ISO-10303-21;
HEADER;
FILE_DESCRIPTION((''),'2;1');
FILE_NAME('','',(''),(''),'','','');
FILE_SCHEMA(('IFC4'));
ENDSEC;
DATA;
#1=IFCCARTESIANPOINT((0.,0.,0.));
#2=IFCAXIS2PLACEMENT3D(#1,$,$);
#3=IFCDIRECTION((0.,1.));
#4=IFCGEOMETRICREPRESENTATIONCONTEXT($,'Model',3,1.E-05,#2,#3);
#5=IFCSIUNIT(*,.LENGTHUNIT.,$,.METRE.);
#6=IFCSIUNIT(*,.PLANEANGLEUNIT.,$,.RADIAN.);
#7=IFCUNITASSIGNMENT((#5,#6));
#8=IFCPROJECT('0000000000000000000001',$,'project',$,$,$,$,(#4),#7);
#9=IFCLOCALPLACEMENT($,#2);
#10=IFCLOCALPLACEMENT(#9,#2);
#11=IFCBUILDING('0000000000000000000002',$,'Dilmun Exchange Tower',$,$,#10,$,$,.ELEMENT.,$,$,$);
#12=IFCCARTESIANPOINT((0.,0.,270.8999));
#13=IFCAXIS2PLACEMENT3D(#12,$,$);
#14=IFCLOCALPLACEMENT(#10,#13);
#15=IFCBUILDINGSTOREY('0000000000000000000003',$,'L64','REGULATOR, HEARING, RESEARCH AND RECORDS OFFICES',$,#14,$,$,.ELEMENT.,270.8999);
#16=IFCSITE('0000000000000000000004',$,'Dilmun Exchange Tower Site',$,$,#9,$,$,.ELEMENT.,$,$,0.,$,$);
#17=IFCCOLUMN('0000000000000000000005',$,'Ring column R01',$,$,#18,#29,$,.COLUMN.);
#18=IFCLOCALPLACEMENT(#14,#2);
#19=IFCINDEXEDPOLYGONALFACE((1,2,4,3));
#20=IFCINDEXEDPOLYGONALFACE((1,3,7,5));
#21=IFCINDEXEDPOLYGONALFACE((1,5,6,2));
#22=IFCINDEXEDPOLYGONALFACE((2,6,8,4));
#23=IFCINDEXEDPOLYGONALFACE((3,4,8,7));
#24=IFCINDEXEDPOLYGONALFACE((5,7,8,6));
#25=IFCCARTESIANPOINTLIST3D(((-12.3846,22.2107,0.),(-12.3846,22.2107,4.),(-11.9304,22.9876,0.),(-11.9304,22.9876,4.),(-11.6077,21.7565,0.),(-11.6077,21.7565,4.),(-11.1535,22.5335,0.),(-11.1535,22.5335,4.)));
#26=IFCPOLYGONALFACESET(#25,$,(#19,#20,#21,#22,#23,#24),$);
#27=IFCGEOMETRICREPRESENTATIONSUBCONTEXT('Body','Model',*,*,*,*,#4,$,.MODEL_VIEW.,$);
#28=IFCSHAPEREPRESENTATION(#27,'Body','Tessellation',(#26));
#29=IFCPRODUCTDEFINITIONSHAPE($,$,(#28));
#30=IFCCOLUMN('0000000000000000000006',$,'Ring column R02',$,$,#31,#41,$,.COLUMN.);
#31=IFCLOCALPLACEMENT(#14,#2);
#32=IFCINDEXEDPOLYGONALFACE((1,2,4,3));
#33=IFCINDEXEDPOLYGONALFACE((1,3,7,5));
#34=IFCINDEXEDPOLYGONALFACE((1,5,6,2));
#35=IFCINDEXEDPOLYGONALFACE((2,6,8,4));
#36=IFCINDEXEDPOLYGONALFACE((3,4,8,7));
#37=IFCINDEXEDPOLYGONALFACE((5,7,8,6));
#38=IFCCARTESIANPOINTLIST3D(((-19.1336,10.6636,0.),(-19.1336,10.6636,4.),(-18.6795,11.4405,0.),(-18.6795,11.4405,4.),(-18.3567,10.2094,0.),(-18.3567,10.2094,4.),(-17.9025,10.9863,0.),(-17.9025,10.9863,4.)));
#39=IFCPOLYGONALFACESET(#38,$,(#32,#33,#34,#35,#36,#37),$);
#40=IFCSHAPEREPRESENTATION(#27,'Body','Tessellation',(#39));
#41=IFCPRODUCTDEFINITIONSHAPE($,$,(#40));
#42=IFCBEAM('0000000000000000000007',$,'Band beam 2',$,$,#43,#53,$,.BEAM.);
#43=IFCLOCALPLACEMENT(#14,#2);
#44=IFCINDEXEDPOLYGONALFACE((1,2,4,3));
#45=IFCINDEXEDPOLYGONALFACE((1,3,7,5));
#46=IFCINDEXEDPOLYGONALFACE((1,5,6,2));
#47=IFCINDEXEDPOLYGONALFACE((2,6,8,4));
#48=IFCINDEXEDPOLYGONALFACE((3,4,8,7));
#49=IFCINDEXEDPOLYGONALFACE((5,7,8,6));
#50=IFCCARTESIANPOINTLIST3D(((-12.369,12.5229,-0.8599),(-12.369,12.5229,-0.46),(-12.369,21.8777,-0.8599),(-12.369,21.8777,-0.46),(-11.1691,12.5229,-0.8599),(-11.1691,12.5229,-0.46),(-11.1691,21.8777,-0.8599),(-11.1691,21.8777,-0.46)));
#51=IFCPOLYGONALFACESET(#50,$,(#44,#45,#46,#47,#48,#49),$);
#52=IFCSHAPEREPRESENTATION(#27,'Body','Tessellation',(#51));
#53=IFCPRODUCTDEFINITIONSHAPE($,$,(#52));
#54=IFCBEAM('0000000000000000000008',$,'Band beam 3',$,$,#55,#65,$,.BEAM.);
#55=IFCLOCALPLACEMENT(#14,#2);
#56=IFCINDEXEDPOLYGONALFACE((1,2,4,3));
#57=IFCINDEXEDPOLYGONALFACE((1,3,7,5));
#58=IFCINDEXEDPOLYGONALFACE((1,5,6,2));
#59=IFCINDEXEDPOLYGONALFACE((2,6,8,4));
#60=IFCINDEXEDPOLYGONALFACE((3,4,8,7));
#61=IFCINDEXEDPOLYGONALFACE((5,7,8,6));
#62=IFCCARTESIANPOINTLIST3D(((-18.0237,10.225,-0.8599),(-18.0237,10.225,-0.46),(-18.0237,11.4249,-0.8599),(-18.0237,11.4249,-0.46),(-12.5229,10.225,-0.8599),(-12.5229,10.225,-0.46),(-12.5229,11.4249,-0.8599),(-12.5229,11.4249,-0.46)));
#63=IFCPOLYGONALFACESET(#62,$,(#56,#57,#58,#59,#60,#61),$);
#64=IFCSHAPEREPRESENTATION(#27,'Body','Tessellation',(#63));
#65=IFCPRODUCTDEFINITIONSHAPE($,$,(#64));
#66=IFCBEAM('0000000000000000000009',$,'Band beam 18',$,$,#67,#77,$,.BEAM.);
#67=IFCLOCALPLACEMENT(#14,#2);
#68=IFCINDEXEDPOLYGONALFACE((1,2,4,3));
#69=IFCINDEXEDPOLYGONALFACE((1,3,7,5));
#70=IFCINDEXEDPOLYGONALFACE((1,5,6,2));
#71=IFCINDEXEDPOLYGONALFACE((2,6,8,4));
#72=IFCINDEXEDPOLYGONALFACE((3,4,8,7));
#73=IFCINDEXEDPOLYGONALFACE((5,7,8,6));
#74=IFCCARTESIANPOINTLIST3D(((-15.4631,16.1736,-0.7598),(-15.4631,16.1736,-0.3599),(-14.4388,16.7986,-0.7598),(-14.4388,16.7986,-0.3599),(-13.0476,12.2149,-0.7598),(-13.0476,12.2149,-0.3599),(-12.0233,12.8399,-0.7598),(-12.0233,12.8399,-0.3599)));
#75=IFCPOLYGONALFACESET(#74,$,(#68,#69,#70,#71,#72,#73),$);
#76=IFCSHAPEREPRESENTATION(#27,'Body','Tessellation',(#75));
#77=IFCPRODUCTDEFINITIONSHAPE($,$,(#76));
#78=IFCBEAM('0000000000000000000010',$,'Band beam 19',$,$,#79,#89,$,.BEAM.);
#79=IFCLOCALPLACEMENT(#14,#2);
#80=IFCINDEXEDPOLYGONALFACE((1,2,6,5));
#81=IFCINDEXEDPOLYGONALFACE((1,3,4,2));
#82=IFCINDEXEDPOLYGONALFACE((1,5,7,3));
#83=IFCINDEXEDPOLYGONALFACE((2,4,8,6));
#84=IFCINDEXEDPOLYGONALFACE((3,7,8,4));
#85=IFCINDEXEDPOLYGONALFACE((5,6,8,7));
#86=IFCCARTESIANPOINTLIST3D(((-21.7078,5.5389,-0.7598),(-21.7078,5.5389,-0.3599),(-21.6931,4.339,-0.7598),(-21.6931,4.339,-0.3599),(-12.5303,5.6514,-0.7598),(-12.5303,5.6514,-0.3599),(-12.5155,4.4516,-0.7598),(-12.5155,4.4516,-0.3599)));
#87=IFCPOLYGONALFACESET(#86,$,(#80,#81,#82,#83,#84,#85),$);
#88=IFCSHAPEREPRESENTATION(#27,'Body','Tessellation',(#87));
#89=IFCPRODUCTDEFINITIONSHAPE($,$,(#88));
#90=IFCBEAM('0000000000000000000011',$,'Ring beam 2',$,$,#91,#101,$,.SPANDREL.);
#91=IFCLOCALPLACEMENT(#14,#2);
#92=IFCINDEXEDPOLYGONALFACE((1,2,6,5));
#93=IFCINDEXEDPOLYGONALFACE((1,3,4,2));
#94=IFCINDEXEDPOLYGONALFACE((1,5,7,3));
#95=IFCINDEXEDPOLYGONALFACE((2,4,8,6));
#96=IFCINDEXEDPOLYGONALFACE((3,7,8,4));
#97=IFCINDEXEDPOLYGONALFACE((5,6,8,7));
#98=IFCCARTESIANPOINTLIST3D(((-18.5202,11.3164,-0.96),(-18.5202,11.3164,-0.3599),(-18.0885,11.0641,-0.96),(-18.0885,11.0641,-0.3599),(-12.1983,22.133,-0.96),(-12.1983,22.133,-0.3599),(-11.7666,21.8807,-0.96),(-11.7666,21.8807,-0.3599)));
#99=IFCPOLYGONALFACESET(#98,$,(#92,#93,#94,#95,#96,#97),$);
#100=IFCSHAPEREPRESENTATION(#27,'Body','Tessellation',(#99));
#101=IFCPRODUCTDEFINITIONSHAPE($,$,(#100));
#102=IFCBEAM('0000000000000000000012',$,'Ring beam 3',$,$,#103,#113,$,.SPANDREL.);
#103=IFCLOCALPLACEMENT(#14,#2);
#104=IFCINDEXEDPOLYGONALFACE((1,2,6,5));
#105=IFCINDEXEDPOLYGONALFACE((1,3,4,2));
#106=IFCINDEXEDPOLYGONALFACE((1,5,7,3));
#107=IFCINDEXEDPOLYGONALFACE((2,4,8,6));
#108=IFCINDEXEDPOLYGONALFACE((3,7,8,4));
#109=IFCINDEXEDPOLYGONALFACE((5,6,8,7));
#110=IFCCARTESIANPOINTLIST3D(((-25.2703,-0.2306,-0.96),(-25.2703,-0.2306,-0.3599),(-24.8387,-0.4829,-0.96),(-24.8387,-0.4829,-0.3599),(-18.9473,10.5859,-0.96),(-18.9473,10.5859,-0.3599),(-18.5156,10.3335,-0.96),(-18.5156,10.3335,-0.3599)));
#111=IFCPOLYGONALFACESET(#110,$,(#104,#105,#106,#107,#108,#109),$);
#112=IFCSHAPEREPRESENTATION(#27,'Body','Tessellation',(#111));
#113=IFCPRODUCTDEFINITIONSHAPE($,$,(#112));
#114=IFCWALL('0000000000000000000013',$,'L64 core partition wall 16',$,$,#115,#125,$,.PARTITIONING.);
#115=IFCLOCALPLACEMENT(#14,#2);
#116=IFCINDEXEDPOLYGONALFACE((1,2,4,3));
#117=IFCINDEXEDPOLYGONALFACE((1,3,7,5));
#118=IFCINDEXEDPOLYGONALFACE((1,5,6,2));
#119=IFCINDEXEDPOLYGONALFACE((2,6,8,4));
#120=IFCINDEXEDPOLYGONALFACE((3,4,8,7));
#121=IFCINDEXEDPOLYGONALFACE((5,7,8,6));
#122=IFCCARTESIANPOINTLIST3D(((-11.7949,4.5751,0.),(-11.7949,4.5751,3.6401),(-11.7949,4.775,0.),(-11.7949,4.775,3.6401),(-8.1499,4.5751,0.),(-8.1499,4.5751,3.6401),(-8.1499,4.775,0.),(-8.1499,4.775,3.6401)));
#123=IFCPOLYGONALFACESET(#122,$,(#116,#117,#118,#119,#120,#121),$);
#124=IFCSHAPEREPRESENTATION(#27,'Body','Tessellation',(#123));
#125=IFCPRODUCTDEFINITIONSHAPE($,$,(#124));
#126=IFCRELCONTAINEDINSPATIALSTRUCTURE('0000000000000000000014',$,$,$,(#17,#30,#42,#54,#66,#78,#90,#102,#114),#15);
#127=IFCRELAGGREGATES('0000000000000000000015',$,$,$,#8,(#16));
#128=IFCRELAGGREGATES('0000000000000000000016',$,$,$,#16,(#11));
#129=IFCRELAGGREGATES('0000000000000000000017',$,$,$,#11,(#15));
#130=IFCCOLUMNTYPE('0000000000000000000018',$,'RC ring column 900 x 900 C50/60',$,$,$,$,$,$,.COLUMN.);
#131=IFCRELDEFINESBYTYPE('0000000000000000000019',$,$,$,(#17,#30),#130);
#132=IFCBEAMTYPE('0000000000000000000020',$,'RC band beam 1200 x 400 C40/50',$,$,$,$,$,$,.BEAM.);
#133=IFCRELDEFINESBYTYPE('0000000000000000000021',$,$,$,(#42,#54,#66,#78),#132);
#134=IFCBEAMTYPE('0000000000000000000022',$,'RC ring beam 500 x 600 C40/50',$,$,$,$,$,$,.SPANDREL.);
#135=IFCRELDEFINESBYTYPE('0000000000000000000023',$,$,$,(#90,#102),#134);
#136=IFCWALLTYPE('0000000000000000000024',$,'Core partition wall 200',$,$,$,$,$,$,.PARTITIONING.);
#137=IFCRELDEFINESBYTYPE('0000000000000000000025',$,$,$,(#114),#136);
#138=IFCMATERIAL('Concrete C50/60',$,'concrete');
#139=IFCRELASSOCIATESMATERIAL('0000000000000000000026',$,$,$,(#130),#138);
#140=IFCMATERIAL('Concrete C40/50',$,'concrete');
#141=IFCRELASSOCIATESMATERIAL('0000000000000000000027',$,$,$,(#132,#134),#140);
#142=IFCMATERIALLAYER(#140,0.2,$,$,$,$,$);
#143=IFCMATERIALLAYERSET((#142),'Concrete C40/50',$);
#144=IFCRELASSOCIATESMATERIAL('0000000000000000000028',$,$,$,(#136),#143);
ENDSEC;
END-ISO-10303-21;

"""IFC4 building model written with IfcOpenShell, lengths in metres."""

from ifc_helpers import new_model, si_unit, direction, frame, frame_2d, origin, origin_2d, place, context, subcontext, project, spatial, rectangle, extrude, material, layer, layer_set, material_profile, profile_set, type_object, element, save


model = new_model("IFC4")

# Units and contexts
model_context = context("Model", 3, precision=1e-05, world=origin(), true_north=direction((0.0, 1.0)))
body_context = subcontext(model_context, "Body", "Model", "MODEL_VIEW")
ifc_project = project(units=[si_unit("LENGTHUNIT", "METRE"), si_unit("PLANEANGLEUNIT", "RADIAN")], contexts=[model_context])

# Site, building, storey
site_placement = place(None, origin())
site = spatial("IfcSite", under=ifc_project, at=site_placement, Name="Dilmun Exchange Tower Site", CompositionType="ELEMENT", RefElevation=0.0)
building_placement = place(site_placement, origin())
building = spatial("IfcBuilding", under=site, at=building_placement, Name="Dilmun Exchange Tower", CompositionType="ELEMENT")
storey_placement = place(building_placement, frame((0.0, 0.0, 270.8999)))
storey = spatial("IfcBuildingStorey", under=building, at=storey_placement, Name="L64", Description="REGULATOR, HEARING, RESEARCH AND RECORDS OFFICES", CompositionType="ELEMENT", Elevation=270.8999)

# Columns
ifc_material_1 = material(Name="Concrete C50/60", Category="concrete")
ifc_material_profile_1 = material_profile(ifc_material_1, rectangle(XDim=0.8999, YDim=0.8999, at=origin_2d()), Name="900 x 900")
ifc_profile_set_1 = profile_set([ifc_material_profile_1], Name="Concrete C50/60")
column_type = type_object("IfcColumnType", Name="RC ring column 900 x 900 C50/60", PredefinedType="COLUMN", material=ifc_profile_set_1)
for number, where, z_axis, x_axis, name in (
    (1, (-11.769, 22.3721, 0.0), (0.0, 0.0, 1.0), (0.504644, 0.863328, 0.0), "Ring column R01"),
    (2, (-18.5181, 10.825, 0.0), (0.0, 0.0, 1.0), (0.504644, 0.863328, 0.0), "Ring column R02"),
):
    element("IfcColumn", number, at=place(storey_placement, frame(where, z_axis=z_axis, x_axis=x_axis)), inside=storey, type_object=column_type, Name=name, PredefinedType="COLUMN", context=body_context, shape_type="SweptSolid", body=[
        extrude(rectangle(XDim=0.8999, YDim=0.8999, at=origin_2d()), origin(), (0.0, 0.0, 1.0), 4.0),
    ])

# Beams
ifc_material_2 = material(Name="Concrete C40/50", Category="concrete")
ifc_material_profile_2 = material_profile(ifc_material_2, rectangle(XDim=1.2, YDim=0.3999, at=origin_2d()), Name="1200 x 400")
ifc_profile_set_2 = profile_set([ifc_material_profile_2], Name="Concrete C40/50")
beam_type_1 = type_object("IfcBeamType", Name="RC band beam 1200 x 400 C40/50", PredefinedType="BEAM", material=ifc_profile_set_2)
beam_1_placement = place(storey_placement, frame((-11.769, 21.8777, -0.6599), z_axis=(0.0, -1.0, 0.0), x_axis=(1.0, 0.0, 0.0)))
element("IfcBeam", 3, at=beam_1_placement, inside=storey, type_object=beam_type_1, Name="Band beam 2", PredefinedType="BEAM", context=body_context, shape_type="SweptSolid", body=[
    extrude(rectangle(XDim=1.2, YDim=0.3999, at=origin_2d()), origin(), (0.0, 0.0, 1.0), 9.3547),
])
beam_2_placement = place(storey_placement, frame((-18.0237, 10.825, -0.6599), z_axis=(1.0, 0.0, 0.0), x_axis=(0.0, 1.0, 0.0)))
element("IfcBeam", 4, at=beam_2_placement, inside=storey, type_object=beam_type_1, Name="Band beam 3", PredefinedType="BEAM", context=body_context, shape_type="SweptSolid", body=[
    extrude(rectangle(XDim=1.2, YDim=0.3999, at=origin_2d()), origin(), (0.0, 0.0, 1.0), 5.5007),
])
beam_3_placement = place(storey_placement, frame((-14.9509, 16.4861, -0.5598), z_axis=(0.520869, -0.853637, 0.0), x_axis=(0.853637, 0.520869, 0.0)))
element("IfcBeam", 5, at=beam_3_placement, inside=storey, type_object=beam_type_1, Name="Band beam 18", PredefinedType="BEAM", context=body_context, shape_type="SweptSolid", body=[
    extrude(rectangle(XDim=1.2, YDim=0.3999, at=origin_2d()), origin(), (0.0, 0.0, 1.0), 4.6375),
])
beam_4_placement = place(storey_placement, frame((-21.7004, 4.939, -0.5598), z_axis=(0.999925, 0.012263, 0.0), x_axis=(-0.012263, 0.999925, 0.0)))
element("IfcBeam", 6, at=beam_4_placement, inside=storey, type_object=beam_type_1, Name="Band beam 19", PredefinedType="BEAM", context=body_context, shape_type="SweptSolid", body=[
    extrude(rectangle(XDim=1.2, YDim=0.3999, at=origin_2d()), origin(), (0.0, 0.0, 1.0), 9.1782),
])
ifc_material_profile_3 = material_profile(ifc_material_2, rectangle(XDim=0.5, YDim=0.6001, at=origin_2d()), Name="500 x 600")
ifc_profile_set_3 = profile_set([ifc_material_profile_3], Name="Concrete C40/50")
beam_type_2 = type_object("IfcBeamType", Name="RC ring beam 500 x 600 C40/50", PredefinedType="SPANDREL", material=ifc_profile_set_3)
beam_5_placement = place(storey_placement, frame((-11.9824, 22.0068, -0.6599), z_axis=(-0.504604, -0.863351, 0.0), x_axis=(0.863351, -0.504604, 0.0)))
element("IfcBeam", 7, at=beam_5_placement, inside=storey, type_object=beam_type_2, Name="Ring beam 2", PredefinedType="SPANDREL", context=body_context, shape_type="SweptSolid", body=[
    extrude(rectangle(XDim=0.5, YDim=0.6001, at=origin_2d()), origin(), (0.0, 0.0, 1.0), 12.5286),
])
beam_6_placement = place(storey_placement, frame((-18.7314, 10.4597, -0.6599), z_axis=(-0.50467, -0.863312, 0.0), x_axis=(0.863312, -0.50467, 0.0)))
element("IfcBeam", 8, at=beam_6_placement, inside=storey, type_object=beam_type_2, Name="Ring beam 3", PredefinedType="SPANDREL", context=body_context, shape_type="SweptSolid", body=[
    extrude(rectangle(XDim=0.5, YDim=0.6001, at=origin_2d()), origin(), (0.0, 0.0, 1.0), 12.5291),
])

# Wall
ifc_layer_1 = layer(ifc_material_2, 0.2)
ifc_layer_set_1 = layer_set([ifc_layer_1], Name="Concrete C40/50")
wall_type_1 = type_object("IfcWallType", Name="Core partition wall 200", PredefinedType="PARTITIONING", material=ifc_layer_set_1)
wall_1_placement = place(storey_placement, frame((-11.7949, 4.675, 0.0), z_axis=(0.0, 0.0, 1.0), x_axis=(1.0, 0.0, 0.0)))
element("IfcWall", 9, at=wall_1_placement, inside=storey, type_object=wall_type_1, Name="L64 core partition wall 16", PredefinedType="PARTITIONING", context=body_context, shape_type="SweptSolid", body=[
    extrude(rectangle(XDim=3.645, YDim=0.2, at=frame_2d((1.8225, 0.0))), origin(), (0.0, 0.0, 1.0), 3.6401),
])

save(model, "model.ifc")
